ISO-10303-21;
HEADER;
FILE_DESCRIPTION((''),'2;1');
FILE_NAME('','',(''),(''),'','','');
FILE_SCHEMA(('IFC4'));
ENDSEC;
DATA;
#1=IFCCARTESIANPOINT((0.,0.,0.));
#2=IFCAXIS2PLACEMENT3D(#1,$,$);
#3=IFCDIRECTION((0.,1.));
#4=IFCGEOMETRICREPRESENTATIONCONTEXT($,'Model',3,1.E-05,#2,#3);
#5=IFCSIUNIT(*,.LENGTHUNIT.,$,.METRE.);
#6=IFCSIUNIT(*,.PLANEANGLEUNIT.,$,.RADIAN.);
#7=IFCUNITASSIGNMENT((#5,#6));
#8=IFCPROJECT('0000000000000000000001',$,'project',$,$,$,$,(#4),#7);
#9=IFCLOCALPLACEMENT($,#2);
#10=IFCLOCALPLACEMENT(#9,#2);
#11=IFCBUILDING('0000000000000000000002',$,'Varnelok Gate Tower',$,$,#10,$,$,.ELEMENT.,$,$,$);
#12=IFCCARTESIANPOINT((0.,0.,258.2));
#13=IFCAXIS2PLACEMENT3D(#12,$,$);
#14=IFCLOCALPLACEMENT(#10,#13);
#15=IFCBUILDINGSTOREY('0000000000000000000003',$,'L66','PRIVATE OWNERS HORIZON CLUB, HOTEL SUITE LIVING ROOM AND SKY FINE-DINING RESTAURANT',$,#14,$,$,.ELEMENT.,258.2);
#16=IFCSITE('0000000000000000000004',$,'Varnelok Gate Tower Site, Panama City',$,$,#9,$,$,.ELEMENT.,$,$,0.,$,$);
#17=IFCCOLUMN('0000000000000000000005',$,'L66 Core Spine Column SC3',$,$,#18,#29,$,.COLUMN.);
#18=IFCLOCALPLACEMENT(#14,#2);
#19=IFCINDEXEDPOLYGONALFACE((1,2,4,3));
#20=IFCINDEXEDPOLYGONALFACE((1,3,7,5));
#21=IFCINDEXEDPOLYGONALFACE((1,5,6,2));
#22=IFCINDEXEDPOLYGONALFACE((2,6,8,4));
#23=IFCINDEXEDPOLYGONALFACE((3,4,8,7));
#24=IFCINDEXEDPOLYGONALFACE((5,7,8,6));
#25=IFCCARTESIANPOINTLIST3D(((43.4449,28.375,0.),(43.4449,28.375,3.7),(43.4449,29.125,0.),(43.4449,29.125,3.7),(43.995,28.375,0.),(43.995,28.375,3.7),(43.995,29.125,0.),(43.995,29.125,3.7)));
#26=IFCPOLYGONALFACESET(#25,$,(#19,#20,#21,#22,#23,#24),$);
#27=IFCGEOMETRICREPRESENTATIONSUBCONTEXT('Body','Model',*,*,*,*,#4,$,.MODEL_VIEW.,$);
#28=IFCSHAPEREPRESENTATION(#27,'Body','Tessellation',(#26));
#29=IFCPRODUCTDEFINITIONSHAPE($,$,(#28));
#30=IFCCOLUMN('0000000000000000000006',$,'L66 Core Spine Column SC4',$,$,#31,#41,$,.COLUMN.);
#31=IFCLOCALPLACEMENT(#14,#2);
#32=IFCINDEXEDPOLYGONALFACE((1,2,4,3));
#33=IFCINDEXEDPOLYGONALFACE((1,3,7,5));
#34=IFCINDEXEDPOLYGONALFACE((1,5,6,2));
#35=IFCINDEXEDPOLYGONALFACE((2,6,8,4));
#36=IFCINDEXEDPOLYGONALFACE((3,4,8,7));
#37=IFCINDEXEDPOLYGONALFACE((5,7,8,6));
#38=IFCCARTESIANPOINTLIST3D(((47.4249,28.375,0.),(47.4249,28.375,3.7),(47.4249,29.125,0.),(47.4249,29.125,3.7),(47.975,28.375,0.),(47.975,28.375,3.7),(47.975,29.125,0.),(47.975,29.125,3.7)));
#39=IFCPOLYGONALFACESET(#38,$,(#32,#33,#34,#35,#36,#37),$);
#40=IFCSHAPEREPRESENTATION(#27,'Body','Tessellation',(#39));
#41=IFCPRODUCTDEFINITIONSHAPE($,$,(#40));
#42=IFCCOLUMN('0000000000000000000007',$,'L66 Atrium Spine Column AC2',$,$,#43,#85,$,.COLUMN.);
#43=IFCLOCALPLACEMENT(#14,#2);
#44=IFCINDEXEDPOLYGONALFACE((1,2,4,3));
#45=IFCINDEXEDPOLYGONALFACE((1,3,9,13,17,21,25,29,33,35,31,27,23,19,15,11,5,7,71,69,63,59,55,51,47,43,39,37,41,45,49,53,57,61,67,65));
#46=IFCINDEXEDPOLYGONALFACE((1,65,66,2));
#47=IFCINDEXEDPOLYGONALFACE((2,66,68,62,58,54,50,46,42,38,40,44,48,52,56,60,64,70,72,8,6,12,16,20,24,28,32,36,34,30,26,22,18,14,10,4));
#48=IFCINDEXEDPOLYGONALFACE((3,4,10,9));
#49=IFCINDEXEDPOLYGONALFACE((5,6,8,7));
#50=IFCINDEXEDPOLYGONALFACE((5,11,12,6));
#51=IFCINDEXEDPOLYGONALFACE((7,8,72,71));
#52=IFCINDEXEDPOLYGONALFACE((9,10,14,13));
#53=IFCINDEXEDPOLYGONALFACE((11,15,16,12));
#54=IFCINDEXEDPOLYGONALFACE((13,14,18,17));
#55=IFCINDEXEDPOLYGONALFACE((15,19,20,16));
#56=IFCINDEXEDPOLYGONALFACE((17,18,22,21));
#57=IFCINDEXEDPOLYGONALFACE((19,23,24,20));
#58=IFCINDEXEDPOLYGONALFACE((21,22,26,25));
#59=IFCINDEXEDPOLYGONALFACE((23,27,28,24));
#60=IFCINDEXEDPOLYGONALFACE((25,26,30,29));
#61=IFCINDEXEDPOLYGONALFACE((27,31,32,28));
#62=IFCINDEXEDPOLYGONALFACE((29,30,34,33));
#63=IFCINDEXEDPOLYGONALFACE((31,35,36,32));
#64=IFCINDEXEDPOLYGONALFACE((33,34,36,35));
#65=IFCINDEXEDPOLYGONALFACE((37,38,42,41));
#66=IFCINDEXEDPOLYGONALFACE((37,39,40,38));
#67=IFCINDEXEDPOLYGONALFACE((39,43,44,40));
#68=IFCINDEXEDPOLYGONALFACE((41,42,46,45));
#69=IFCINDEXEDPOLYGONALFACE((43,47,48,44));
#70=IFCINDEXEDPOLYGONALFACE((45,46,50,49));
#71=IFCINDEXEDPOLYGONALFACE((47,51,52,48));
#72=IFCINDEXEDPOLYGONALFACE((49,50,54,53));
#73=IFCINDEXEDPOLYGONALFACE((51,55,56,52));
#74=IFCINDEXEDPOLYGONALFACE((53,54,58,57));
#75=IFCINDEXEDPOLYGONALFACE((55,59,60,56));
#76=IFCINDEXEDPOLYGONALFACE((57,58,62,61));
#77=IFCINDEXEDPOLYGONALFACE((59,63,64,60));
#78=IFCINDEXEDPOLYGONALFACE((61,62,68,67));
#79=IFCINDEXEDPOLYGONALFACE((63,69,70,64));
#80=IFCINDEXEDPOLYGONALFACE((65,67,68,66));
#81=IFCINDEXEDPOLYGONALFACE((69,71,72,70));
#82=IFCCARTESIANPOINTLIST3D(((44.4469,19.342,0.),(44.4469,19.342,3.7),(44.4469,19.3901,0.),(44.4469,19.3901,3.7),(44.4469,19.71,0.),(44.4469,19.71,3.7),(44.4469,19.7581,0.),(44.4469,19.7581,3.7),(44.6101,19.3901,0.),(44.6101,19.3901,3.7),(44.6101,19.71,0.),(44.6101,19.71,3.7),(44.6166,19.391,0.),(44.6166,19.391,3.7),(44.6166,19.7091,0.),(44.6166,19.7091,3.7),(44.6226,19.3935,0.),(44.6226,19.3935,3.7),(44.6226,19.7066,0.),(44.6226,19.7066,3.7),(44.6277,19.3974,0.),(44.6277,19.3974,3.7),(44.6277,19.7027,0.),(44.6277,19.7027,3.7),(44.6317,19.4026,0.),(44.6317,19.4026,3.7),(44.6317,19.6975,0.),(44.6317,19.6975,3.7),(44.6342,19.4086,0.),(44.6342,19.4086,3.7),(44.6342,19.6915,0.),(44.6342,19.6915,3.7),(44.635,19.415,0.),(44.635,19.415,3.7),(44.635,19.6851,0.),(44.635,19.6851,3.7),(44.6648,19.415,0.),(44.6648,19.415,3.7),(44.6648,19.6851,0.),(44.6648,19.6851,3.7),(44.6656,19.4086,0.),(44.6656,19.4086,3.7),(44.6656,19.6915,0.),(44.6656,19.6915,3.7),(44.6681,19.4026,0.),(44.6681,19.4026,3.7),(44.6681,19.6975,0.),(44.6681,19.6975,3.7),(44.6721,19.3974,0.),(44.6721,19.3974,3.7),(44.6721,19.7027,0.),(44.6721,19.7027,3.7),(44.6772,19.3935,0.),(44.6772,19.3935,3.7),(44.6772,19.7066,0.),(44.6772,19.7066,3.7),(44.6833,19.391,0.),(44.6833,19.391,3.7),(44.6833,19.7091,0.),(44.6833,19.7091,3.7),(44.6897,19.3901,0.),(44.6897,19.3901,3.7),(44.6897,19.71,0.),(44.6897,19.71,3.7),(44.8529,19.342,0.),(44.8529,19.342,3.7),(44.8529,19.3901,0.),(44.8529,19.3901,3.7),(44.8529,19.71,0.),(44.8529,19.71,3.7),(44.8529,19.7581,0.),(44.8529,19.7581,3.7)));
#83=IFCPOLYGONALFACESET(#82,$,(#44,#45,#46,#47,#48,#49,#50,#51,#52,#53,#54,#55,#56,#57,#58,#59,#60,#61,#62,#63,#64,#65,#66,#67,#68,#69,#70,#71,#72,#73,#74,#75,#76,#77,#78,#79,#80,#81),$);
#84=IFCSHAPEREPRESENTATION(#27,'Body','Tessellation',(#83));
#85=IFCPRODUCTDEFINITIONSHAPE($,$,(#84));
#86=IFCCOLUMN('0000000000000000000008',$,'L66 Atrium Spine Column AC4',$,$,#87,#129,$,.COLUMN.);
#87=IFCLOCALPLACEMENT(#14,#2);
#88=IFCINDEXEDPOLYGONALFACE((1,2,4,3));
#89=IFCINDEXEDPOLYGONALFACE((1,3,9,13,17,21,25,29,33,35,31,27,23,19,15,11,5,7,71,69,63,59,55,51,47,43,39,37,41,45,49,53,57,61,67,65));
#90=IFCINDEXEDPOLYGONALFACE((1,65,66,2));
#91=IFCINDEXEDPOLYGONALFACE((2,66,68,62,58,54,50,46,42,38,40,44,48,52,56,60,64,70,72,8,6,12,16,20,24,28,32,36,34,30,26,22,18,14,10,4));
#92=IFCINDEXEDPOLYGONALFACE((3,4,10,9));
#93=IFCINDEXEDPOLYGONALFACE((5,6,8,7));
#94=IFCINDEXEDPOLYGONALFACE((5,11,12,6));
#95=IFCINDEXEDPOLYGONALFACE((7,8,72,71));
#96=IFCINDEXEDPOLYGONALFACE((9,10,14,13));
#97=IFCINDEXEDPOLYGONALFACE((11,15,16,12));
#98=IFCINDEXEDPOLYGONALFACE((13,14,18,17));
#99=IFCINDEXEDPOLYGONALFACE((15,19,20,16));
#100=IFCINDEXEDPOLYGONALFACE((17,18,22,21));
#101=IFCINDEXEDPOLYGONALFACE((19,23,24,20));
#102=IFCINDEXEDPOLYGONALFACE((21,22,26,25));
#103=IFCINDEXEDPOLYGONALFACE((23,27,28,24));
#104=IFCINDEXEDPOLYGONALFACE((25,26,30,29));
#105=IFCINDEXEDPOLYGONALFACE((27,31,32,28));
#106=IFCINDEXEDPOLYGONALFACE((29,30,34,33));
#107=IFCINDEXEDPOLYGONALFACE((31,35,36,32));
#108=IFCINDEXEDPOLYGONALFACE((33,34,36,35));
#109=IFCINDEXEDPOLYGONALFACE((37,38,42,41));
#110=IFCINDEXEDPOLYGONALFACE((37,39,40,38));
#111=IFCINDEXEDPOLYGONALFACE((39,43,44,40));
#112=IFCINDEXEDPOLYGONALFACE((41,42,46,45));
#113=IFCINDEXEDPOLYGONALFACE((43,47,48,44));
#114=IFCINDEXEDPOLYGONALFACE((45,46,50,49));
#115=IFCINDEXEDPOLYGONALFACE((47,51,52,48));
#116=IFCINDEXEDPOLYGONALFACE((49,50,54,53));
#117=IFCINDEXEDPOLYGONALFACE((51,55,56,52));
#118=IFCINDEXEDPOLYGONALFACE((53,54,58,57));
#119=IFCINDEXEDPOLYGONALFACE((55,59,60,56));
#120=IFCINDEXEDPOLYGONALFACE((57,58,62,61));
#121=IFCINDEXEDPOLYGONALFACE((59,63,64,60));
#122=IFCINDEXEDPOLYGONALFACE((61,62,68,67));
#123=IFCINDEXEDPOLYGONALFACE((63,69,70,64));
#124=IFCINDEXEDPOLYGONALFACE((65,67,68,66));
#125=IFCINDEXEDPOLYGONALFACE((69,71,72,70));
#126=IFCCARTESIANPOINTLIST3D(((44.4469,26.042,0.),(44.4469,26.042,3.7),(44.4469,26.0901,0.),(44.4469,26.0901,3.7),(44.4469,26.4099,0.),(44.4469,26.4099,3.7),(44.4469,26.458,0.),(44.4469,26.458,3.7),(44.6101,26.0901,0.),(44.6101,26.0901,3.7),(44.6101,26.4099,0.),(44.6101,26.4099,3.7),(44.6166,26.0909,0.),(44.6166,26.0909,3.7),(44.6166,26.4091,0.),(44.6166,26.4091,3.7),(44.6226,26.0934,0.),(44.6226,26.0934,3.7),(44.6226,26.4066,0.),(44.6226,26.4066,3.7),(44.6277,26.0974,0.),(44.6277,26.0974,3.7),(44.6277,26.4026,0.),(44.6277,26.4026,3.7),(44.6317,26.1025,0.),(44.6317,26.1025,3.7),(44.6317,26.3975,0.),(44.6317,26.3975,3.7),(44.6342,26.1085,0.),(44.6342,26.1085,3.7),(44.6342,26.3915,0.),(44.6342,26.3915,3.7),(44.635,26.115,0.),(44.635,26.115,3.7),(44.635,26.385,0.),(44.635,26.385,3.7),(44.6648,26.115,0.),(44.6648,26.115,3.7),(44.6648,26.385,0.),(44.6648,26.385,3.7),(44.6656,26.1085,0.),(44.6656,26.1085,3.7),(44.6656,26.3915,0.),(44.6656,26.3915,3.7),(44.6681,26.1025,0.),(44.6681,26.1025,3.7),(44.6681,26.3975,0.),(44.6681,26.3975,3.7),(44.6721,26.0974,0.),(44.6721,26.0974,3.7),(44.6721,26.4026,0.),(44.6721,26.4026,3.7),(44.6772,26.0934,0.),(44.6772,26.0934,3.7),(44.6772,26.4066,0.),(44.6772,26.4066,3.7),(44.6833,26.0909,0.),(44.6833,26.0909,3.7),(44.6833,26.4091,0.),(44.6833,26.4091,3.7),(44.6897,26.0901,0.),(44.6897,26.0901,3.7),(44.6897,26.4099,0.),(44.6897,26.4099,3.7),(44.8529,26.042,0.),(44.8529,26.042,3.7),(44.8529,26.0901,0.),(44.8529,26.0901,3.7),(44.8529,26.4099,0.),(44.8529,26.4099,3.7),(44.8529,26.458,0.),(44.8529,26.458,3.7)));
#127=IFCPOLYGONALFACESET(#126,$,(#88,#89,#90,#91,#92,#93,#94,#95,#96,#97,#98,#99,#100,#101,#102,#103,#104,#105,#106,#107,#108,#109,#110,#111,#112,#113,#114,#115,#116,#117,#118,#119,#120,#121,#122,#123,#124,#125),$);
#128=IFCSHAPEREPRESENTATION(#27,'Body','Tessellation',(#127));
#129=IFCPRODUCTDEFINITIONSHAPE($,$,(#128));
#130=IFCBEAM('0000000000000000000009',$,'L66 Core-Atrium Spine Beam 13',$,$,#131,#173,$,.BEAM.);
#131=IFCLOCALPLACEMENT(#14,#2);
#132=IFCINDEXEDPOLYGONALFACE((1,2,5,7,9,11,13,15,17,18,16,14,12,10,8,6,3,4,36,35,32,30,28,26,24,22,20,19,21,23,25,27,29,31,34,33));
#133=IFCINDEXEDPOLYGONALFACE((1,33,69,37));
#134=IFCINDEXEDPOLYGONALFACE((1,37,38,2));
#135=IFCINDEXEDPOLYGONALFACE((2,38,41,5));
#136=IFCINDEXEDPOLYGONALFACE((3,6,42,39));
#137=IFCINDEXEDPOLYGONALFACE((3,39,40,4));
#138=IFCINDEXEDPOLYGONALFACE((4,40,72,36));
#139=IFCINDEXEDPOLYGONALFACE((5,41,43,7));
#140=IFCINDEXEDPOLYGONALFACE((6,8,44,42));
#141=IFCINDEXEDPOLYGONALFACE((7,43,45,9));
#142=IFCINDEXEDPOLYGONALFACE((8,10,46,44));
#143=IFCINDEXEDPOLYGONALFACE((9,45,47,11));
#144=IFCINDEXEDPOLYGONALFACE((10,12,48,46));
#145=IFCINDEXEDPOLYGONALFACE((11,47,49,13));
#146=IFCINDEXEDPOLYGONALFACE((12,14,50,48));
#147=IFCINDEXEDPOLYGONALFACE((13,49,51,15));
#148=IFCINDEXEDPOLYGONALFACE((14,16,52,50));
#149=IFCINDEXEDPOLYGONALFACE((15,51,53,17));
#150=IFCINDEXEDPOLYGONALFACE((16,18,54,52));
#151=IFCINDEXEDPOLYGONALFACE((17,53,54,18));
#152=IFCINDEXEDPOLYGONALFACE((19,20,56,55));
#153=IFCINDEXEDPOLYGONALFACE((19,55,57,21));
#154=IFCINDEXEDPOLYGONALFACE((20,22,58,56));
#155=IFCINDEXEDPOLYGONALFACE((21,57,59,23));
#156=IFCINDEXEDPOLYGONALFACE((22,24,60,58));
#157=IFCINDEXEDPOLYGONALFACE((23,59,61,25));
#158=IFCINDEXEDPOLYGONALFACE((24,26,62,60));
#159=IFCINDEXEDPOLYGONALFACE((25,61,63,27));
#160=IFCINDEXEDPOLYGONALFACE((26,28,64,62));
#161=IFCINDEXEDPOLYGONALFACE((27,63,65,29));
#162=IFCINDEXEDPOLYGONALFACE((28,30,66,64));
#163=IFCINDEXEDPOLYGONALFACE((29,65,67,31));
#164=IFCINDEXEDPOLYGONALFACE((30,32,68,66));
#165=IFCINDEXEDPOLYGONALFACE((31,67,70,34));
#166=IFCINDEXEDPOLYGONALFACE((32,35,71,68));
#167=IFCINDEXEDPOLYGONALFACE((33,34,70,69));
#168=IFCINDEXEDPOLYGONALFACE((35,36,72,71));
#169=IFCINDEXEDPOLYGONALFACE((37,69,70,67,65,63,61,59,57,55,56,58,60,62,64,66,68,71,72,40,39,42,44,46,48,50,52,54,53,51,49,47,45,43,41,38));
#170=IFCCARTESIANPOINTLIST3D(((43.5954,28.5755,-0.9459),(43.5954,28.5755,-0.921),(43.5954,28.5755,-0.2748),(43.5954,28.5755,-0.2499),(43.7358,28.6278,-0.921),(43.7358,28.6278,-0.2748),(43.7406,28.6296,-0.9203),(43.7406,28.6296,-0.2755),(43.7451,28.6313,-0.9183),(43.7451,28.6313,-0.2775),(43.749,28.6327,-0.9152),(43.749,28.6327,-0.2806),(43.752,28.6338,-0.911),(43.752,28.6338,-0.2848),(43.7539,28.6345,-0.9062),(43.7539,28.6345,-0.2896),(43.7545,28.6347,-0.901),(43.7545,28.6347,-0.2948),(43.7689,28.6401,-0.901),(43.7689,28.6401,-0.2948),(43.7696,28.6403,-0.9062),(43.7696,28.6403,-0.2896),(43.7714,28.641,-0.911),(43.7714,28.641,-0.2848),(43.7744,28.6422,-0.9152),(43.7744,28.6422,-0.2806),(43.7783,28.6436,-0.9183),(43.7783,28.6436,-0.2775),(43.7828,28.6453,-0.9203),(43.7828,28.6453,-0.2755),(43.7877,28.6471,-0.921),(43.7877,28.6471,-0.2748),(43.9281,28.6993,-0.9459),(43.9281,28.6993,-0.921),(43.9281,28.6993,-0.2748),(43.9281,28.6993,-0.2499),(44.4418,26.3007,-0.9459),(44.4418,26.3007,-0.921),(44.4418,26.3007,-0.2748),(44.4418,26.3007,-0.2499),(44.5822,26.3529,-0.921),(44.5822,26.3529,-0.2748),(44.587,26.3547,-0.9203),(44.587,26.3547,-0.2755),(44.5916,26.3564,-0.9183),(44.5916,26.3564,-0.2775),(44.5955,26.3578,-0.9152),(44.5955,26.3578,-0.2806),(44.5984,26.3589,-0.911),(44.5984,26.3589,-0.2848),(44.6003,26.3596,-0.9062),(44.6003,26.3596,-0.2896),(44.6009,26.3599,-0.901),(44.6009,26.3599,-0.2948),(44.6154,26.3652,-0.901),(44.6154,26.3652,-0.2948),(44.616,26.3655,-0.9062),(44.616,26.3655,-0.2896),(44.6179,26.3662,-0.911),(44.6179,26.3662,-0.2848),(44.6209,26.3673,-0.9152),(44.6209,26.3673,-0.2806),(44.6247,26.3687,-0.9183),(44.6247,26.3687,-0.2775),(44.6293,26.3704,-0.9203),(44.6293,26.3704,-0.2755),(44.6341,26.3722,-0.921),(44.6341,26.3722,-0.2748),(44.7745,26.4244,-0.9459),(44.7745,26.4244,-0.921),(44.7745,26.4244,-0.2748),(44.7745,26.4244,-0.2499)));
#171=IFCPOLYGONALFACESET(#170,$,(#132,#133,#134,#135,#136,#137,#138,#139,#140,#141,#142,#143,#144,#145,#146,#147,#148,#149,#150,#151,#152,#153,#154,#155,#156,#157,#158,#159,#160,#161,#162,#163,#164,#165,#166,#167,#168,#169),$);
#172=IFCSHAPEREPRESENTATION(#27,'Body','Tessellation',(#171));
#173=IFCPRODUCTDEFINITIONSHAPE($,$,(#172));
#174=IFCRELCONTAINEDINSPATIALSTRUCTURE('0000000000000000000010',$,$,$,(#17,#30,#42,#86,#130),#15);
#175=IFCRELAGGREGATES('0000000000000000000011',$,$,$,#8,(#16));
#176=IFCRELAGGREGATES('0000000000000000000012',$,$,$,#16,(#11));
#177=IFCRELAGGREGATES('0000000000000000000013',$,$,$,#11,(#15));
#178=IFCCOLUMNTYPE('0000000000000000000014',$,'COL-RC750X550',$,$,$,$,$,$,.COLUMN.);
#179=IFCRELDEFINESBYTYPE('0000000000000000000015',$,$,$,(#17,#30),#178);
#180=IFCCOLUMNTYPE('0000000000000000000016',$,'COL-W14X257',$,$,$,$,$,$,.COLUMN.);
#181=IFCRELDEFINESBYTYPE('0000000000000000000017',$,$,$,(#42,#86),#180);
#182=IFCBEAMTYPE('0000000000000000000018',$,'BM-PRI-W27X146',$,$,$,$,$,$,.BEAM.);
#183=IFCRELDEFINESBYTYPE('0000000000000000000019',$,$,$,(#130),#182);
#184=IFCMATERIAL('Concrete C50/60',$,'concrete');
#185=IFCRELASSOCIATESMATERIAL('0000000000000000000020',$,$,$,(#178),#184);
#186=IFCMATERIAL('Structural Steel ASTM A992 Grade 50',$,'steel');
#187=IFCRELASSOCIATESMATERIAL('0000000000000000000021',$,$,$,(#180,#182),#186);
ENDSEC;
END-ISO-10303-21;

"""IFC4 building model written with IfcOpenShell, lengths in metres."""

from ifc_helpers import new_model, si_unit, direction, frame, origin, origin_2d, place, context, subcontext, project, spatial, rectangle, i_section, extrude, material, material_profile, profile_set, type_object, element, save


model = new_model("IFC4")

# Units and contexts
model_context = context("Model", 3, precision=1e-05, world=origin(), true_north=direction((0.0, 1.0)))
body_context = subcontext(model_context, "Body", "Model", "MODEL_VIEW")
ifc_project = project(units=[si_unit("LENGTHUNIT", "METRE"), si_unit("PLANEANGLEUNIT", "RADIAN")], contexts=[model_context])

# Site, building, storey
site_placement = place(None, origin())
site = spatial("IfcSite", under=ifc_project, at=site_placement, Name="Varnelok Gate Tower Site, Panama City", CompositionType="ELEMENT", RefElevation=0.0)
building_placement = place(site_placement, origin())
building = spatial("IfcBuilding", under=site, at=building_placement, Name="Varnelok Gate Tower", CompositionType="ELEMENT")
storey_placement = place(building_placement, frame((0.0, 0.0, 258.2)))
storey = spatial("IfcBuildingStorey", under=building, at=storey_placement, Name="L66", Description="PRIVATE OWNERS HORIZON CLUB, HOTEL SUITE LIVING ROOM AND SKY FINE-DINING RESTAURANT", CompositionType="ELEMENT", Elevation=258.2)

# Columns
ifc_material_1 = material(Name="Concrete C50/60", Category="concrete")
ifc_material_profile_1 = material_profile(ifc_material_1, rectangle(XDim=0.55, YDim=0.75, at=origin_2d()), Name="RC750X550")
ifc_profile_set_1 = profile_set([ifc_material_profile_1], Name="Concrete C50/60")
column_type_1 = type_object("IfcColumnType", Name="COL-RC750X550", PredefinedType="COLUMN", material=ifc_profile_set_1)
for number, where, z_axis, x_axis, name in (
    (1, (43.72, 28.75, 0.0), (0.0, 0.0, 1.0), (1.0, 0.0, 0.0), "L66 Core Spine Column SC3"),
    (2, (47.7, 28.75, 0.0), (0.0, 0.0, 1.0), (1.0, 0.0, 0.0), "L66 Core Spine Column SC4"),
):
    element("IfcColumn", number, at=place(storey_placement, frame(where, z_axis=z_axis, x_axis=x_axis)), inside=storey, type_object=column_type_1, Name=name, PredefinedType="COLUMN", context=body_context, shape_type="SweptSolid", body=[
        extrude(rectangle(XDim=0.55, YDim=0.75, at=origin_2d()), origin(), (0.0, 0.0, 1.0), 3.7),
    ])
ifc_material_2 = material(Name="Structural Steel ASTM A992 Grade 50", Category="steel")
ifc_material_profile_2 = material_profile(ifc_material_2, i_section(OverallWidth=0.406, OverallDepth=0.416, WebThickness=0.0298, FlangeThickness=0.0481, FilletRadius=0.0249, at=origin_2d()), Name="W14X257")
ifc_profile_set_2 = profile_set([ifc_material_profile_2], Name="Structural Steel ASTM A992 Grade 50")
column_type_2 = type_object("IfcColumnType", Name="COL-W14X257", PredefinedType="COLUMN", material=ifc_profile_set_2)
for number, where, z_axis, x_axis, name in (
    (3, (44.6499, 19.55, 0.0), (0.0, 0.0, 1.0), (1.0, 0.0, 0.0), "L66 Atrium Spine Column AC2"),
    (4, (44.6499, 26.25, 0.0), (0.0, 0.0, 1.0), (1.0, 0.0, 0.0), "L66 Atrium Spine Column AC4"),
):
    element("IfcColumn", number, at=place(storey_placement, frame(where, z_axis=z_axis, x_axis=x_axis)), inside=storey, type_object=column_type_2, Name=name, PredefinedType="COLUMN", context=body_context, shape_type="SweptSolid", body=[
        extrude(i_section(OverallWidth=0.406, OverallDepth=0.416, WebThickness=0.0298, FlangeThickness=0.0481, FilletRadius=0.0249, at=origin_2d()), origin(), (0.0, 0.0, 1.0), 3.7),
    ])

# Beam
ifc_material_profile_3 = material_profile(ifc_material_2, i_section(OverallWidth=0.355, OverallDepth=0.696, WebThickness=0.0154, FlangeThickness=0.0249, FilletRadius=0.02, at=origin_2d()), Name="W27X146")
ifc_profile_set_3 = profile_set([ifc_material_profile_3], Name="Structural Steel ASTM A992 Grade 50")
beam_type_1 = type_object("IfcBeamType", Name="BM-PRI-W27X146", PredefinedType="BEAM", material=ifc_profile_set_3)
beam_1_placement = place(storey_placement, frame((44.6082, 26.3625, -0.5979), z_axis=(-0.348719, 0.937227, 0.0), x_axis=(-0.937227, -0.348719, 0.0)))
element("IfcBeam", 5, at=beam_1_placement, inside=storey, type_object=beam_type_1, Name="L66 Core-Atrium Spine Beam 13", PredefinedType="BEAM", context=body_context, shape_type="SweptSolid", body=[
    extrude(i_section(OverallWidth=0.355, OverallDepth=0.696, WebThickness=0.0154, FlangeThickness=0.0249, FilletRadius=0.02, at=origin_2d()), origin(), (0.0, 0.0, 1.0), 2.4272),
])

save(model, "model.ifc")
